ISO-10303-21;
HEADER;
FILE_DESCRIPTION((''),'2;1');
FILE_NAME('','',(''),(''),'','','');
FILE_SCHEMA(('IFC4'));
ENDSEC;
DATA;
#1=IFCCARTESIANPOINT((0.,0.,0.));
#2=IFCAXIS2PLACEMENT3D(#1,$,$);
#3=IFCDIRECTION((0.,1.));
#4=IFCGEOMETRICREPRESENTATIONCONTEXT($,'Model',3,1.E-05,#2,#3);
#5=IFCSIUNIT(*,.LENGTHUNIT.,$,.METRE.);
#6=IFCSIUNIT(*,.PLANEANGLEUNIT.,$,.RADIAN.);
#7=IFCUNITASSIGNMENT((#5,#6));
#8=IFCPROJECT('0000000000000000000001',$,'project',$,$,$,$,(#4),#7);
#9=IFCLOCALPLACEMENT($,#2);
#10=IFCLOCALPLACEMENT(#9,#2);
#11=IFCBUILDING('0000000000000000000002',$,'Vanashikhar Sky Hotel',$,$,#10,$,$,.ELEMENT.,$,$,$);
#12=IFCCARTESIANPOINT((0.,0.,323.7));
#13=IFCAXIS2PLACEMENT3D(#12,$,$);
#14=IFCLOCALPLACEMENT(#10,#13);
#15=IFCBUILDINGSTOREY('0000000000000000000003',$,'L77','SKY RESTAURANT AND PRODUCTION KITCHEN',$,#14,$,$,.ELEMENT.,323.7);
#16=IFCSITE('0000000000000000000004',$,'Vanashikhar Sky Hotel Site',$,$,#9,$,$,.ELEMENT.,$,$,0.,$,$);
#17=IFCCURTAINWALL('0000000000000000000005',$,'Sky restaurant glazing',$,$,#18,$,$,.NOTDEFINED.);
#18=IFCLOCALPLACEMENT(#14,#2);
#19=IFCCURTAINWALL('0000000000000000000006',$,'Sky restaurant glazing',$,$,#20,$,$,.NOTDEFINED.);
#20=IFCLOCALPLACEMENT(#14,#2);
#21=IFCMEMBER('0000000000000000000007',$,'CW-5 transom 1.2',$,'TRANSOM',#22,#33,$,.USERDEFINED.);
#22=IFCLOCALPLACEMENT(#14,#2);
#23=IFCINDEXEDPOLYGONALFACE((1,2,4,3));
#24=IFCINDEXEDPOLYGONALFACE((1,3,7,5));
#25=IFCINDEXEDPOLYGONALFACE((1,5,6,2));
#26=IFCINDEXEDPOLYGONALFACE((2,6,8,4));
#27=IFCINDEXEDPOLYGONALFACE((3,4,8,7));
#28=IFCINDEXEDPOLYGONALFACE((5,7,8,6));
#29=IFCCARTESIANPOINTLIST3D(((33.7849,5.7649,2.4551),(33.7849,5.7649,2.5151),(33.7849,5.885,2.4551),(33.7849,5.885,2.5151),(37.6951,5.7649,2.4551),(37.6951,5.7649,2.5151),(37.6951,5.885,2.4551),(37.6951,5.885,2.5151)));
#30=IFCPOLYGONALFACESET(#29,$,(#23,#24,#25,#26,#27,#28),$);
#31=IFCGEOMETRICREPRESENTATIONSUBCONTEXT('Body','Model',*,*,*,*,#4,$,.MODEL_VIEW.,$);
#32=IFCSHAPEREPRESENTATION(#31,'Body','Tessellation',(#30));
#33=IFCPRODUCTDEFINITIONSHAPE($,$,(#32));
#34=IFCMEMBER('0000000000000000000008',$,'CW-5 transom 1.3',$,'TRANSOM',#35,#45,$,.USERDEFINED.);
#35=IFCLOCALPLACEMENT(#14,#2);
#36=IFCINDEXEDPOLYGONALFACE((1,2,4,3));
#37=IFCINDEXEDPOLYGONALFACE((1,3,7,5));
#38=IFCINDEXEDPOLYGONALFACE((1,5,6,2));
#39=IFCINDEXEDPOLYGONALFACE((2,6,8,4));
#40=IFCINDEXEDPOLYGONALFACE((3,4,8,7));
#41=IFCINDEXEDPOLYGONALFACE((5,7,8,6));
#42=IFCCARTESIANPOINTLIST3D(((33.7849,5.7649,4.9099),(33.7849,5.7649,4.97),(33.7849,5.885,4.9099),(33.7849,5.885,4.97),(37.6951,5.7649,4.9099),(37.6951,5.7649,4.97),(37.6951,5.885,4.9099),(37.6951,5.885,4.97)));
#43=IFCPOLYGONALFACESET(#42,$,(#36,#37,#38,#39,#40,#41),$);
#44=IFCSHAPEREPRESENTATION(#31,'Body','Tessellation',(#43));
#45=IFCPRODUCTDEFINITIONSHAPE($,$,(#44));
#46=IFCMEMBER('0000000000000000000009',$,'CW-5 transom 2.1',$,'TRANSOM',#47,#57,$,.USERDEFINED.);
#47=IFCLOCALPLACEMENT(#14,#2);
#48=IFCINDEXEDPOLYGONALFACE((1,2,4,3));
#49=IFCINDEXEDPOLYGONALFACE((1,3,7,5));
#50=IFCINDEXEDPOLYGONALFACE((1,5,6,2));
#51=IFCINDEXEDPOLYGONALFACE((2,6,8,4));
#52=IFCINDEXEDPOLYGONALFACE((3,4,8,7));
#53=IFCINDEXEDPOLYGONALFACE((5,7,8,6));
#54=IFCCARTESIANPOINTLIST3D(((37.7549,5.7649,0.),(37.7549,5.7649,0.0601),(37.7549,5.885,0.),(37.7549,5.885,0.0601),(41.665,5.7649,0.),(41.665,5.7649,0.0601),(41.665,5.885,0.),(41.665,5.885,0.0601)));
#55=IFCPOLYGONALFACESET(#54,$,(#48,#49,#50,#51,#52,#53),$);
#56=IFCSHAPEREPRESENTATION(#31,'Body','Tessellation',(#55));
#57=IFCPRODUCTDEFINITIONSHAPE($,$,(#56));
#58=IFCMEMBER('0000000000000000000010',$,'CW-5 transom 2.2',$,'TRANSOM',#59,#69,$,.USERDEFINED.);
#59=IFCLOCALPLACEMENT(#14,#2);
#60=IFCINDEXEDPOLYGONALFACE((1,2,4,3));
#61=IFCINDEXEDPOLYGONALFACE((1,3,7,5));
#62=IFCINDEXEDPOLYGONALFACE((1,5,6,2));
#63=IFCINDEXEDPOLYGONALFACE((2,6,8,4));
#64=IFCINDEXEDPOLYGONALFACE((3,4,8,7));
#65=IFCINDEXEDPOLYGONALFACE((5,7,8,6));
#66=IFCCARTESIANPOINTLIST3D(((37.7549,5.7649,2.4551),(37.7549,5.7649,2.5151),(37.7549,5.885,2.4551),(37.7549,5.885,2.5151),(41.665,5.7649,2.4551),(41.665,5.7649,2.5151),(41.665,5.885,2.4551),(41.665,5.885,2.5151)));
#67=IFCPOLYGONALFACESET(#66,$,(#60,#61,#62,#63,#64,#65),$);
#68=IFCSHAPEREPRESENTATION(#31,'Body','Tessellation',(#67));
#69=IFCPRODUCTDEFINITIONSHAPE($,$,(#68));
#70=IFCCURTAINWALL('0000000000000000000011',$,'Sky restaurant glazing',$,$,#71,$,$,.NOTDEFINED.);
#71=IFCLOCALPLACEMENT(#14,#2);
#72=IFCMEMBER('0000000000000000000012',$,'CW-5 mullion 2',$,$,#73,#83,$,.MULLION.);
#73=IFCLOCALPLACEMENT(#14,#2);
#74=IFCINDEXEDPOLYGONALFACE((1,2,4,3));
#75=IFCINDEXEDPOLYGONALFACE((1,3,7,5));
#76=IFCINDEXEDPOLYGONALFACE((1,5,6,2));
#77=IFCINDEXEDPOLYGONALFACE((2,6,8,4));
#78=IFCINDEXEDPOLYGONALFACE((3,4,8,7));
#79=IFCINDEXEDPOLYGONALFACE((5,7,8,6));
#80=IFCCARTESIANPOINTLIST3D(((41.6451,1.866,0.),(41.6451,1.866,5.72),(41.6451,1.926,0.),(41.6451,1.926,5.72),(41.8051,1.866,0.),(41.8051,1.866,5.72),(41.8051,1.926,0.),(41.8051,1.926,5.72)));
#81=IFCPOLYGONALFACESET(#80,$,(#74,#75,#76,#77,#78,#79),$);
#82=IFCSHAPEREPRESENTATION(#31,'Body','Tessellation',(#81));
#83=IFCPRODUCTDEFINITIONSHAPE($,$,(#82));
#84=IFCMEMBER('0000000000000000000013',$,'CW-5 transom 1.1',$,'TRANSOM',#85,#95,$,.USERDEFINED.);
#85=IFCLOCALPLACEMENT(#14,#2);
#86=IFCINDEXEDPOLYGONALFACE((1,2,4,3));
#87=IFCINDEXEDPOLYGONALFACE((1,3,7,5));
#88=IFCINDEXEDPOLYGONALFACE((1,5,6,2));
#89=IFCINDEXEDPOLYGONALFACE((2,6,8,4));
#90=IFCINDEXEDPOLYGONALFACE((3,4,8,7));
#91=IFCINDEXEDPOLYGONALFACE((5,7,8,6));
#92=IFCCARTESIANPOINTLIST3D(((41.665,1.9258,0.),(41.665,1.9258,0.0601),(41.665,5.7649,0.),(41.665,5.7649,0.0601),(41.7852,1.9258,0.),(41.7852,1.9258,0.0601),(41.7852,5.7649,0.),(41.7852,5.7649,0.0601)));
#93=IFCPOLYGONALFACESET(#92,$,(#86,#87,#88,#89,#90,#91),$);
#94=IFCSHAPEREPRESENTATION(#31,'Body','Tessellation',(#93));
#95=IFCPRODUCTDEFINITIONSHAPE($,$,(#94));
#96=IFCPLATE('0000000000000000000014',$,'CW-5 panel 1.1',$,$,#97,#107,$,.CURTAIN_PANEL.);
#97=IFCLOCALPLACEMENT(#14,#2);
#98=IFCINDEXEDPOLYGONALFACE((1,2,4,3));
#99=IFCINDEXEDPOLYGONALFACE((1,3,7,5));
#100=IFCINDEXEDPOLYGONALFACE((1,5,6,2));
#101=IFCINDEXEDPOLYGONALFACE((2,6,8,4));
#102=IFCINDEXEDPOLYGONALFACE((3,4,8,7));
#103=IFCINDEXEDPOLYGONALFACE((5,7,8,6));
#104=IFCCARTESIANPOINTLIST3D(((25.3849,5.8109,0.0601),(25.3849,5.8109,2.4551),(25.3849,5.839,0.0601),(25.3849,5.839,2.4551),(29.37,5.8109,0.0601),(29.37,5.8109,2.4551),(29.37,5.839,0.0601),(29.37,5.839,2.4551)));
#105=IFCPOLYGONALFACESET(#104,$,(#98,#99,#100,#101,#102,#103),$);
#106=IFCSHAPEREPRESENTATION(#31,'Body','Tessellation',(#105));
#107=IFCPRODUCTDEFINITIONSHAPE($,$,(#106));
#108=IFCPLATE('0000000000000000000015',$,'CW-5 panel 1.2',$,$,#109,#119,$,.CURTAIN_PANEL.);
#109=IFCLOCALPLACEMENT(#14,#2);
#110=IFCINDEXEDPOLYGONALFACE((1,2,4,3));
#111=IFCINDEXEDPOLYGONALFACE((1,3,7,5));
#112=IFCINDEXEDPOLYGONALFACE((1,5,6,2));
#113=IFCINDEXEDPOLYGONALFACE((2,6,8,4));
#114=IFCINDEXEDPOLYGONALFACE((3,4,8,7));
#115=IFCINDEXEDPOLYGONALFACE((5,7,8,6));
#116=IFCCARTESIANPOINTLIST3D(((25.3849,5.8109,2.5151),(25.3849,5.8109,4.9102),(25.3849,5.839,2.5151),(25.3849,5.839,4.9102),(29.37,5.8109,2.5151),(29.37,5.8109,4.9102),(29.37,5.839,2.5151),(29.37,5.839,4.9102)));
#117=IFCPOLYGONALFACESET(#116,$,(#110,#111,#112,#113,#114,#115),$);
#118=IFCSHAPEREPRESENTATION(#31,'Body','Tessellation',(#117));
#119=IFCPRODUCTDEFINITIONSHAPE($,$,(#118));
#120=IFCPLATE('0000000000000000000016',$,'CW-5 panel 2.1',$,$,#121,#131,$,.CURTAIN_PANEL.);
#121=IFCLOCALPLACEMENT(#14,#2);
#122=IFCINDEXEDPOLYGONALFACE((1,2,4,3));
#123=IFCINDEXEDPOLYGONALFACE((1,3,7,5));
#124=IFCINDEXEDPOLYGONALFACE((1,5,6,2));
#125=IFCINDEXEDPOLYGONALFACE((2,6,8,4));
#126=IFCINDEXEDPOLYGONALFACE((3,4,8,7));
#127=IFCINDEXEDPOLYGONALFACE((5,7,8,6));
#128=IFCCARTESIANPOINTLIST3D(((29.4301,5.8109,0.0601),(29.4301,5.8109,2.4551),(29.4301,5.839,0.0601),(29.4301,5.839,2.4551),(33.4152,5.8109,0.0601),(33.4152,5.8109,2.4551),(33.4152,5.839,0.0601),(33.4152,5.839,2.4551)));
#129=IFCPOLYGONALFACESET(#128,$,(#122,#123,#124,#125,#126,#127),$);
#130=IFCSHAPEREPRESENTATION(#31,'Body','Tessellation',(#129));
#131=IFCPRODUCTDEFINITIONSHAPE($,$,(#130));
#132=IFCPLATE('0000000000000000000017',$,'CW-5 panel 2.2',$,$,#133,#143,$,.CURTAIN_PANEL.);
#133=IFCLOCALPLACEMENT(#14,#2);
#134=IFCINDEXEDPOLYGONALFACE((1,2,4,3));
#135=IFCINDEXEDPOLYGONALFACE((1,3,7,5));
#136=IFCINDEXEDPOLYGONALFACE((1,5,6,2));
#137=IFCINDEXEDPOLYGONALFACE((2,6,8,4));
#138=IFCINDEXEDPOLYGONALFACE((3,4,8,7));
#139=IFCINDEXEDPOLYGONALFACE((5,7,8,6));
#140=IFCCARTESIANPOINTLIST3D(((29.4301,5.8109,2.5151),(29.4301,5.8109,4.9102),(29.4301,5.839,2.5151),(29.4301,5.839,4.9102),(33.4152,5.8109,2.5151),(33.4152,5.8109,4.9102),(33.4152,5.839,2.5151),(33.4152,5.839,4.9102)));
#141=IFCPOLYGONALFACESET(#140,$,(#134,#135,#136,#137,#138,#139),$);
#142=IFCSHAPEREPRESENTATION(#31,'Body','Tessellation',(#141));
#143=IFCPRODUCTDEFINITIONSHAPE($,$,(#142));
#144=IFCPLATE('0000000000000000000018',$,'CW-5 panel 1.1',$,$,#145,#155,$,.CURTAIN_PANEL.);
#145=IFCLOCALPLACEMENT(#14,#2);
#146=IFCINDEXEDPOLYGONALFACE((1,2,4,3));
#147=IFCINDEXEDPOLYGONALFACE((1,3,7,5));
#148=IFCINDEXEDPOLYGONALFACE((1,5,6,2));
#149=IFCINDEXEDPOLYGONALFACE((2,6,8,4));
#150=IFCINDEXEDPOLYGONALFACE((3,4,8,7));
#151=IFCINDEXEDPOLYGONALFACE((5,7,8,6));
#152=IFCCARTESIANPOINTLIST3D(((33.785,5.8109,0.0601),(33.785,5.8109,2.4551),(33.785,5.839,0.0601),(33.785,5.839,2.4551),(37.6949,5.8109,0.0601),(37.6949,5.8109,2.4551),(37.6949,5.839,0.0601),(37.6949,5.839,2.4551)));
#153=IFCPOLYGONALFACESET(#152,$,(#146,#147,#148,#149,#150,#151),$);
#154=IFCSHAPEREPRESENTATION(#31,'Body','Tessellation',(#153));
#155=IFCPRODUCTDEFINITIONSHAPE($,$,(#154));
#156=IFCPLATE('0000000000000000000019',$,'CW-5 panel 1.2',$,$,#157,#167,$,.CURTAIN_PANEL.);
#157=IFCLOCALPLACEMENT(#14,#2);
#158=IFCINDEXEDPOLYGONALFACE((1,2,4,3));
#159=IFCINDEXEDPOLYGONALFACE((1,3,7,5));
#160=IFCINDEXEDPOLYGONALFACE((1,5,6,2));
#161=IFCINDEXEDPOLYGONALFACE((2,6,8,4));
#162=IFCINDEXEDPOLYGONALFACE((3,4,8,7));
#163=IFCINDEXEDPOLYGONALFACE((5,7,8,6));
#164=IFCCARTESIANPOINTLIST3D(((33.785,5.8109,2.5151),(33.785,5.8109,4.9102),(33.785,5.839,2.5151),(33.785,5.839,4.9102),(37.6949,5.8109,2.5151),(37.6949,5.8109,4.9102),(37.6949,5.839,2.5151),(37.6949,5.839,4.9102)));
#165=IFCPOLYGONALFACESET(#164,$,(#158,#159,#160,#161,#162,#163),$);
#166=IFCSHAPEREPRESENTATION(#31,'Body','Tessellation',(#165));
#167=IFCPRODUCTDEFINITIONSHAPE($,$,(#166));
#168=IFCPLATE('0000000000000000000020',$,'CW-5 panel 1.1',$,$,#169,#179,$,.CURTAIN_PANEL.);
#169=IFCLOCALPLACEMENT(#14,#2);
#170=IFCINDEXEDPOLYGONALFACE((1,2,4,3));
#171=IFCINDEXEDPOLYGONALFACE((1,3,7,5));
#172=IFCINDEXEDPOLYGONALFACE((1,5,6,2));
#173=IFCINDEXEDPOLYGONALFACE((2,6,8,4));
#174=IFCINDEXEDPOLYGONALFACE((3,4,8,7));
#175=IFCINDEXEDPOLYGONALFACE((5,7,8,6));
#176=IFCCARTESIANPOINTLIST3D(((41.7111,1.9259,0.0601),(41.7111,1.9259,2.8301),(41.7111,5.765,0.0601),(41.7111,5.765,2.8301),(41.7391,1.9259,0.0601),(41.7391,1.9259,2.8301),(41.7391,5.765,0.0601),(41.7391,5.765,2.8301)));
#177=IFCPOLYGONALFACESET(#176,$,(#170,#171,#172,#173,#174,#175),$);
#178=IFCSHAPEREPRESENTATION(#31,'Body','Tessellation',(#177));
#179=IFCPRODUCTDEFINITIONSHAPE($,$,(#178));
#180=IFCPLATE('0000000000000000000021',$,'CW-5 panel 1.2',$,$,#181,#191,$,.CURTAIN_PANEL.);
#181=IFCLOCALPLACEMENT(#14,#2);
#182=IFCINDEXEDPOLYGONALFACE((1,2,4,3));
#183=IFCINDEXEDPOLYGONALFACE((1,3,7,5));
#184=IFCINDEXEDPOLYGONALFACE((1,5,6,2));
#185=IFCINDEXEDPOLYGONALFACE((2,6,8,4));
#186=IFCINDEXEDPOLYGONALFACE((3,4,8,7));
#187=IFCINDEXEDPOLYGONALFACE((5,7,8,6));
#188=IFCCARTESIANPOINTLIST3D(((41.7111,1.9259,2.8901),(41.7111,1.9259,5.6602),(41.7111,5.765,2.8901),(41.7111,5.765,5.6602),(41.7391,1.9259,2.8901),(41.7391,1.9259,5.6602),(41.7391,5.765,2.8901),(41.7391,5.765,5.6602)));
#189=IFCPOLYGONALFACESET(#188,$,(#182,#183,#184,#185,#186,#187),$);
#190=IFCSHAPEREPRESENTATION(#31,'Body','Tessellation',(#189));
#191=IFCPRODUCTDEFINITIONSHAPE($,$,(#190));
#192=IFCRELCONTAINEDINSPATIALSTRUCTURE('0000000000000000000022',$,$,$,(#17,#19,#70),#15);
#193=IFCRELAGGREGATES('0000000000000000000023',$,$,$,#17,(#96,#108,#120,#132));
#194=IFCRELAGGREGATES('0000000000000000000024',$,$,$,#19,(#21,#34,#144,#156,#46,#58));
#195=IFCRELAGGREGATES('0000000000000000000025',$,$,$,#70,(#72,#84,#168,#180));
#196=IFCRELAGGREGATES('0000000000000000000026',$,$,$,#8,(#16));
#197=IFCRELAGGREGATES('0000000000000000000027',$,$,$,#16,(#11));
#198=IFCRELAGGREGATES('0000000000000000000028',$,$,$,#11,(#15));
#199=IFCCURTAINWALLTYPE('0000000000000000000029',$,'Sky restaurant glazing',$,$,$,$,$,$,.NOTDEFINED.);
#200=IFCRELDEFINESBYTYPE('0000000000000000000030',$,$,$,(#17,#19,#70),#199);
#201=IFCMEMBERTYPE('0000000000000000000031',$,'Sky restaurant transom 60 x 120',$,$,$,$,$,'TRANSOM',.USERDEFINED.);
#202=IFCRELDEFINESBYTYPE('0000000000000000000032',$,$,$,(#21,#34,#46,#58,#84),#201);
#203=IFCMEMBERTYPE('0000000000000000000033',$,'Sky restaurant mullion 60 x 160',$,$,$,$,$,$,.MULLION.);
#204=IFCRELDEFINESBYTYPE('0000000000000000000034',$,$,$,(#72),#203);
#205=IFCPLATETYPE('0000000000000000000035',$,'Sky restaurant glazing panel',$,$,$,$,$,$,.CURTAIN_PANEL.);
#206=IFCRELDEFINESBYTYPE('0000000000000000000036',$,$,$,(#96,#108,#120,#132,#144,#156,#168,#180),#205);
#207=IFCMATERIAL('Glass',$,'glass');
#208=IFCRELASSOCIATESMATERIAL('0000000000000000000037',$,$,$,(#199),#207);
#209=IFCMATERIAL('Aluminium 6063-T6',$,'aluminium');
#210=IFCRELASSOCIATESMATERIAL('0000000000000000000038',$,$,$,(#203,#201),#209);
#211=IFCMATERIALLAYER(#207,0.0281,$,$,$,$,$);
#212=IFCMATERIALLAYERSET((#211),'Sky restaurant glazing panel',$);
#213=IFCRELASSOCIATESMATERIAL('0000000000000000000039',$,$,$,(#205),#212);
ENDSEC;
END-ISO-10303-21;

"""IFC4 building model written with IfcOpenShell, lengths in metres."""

from ifc_helpers import new_model, si_unit, direction, frame, origin, origin_2d, place, context, subcontext, project, spatial, rectangle, extrude, source, transform, mapped, material, layer, layer_set, material_profile, profile_set, type_object, element, aggregate, save


model = new_model("IFC4")

# Units and contexts
model_context = context("Model", 3, precision=1e-05, world=origin(), true_north=direction((0.0, 1.0)))
body_context = subcontext(model_context, "Body", "Model", "MODEL_VIEW")
ifc_project = project(units=[si_unit("LENGTHUNIT", "METRE"), si_unit("PLANEANGLEUNIT", "RADIAN")], contexts=[model_context])

# Site, building, storey
site_placement = place(None, origin())
site = spatial("IfcSite", under=ifc_project, at=site_placement, Name="Vanashikhar Sky Hotel Site", CompositionType="ELEMENT", RefElevation=0.0)
building_placement = place(site_placement, origin())
building = spatial("IfcBuilding", under=site, at=building_placement, Name="Vanashikhar Sky Hotel", CompositionType="ELEMENT")
storey_placement = place(building_placement, frame((0.0, 0.0, 323.7)))
storey = spatial("IfcBuildingStorey", under=building, at=storey_placement, Name="L77", Description="SKY RESTAURANT AND PRODUCTION KITCHEN", CompositionType="ELEMENT", Elevation=323.7)

# Shared definitions
ifc_material_1 = material(Name="Glass", Category="glass")
curtain_wall_type = type_object("IfcCurtainWallType", Name="Sky restaurant glazing", PredefinedType="NOTDEFINED", material=ifc_material_1)
ifc_material_2 = material(Name="Aluminium 6063-T6", Category="aluminium")
ifc_material_profile_1 = material_profile(ifc_material_2, rectangle(XDim=0.1599, YDim=0.0601, at=origin_2d()))
ifc_profile_set_1 = profile_set([ifc_material_profile_1], Name="Aluminium 6063-T6")
member_type_1 = type_object("IfcMemberType", Name="Sky restaurant mullion 60 x 160", PredefinedType="MULLION", material=ifc_profile_set_1)

# Curtain walls
curtain_wall_1_placement = place(storey_placement, origin())
curtain_wall_1 = element("IfcCurtainWall", 1, at=curtain_wall_1_placement, inside=storey, type_object=curtain_wall_type, Name="Sky restaurant glazing", PredefinedType="NOTDEFINED")
curtain_wall_2_placement = place(storey_placement, origin())
curtain_wall_2 = element("IfcCurtainWall", 2, at=curtain_wall_2_placement, inside=storey, type_object=curtain_wall_type, Name="Sky restaurant glazing", PredefinedType="NOTDEFINED")

# Members
ifc_material_profile_2 = material_profile(ifc_material_2, rectangle(XDim=0.1201, YDim=0.0601, at=origin_2d()))
ifc_profile_set_2 = profile_set([ifc_material_profile_2], Name="Aluminium 6063-T6")
member_type_2 = type_object("IfcMemberType", Name="Sky restaurant transom 60 x 120", ElementType="TRANSOM", PredefinedType="USERDEFINED", material=ifc_profile_set_2)
shared_shape_1 = source(origin(), body_context, "Body", "SweptSolid", [
    extrude(rectangle(XDim=0.1201, YDim=0.0601, at=origin_2d()), origin(), (0.0, 0.0, 1.0), 3.9102),
])
member_1_placement = place(storey_placement, frame((33.7849, 5.825, 2.4851), z_axis=(1.0, 0.0, 0.0), x_axis=(0.0, 1.0, 0.0)))
member_1 = element("IfcMember", 3, at=member_1_placement, type_object=member_type_2, Name="CW-5 transom 1.2", ObjectType="TRANSOM", PredefinedType="USERDEFINED", context=body_context, shape_type="MappedRepresentation", body=[
    mapped(shared_shape_1, transform((0.0, 0.0, 0.0), scale=1.0)),
])
member_2_placement = place(storey_placement, frame((33.7849, 5.825, 4.9399), z_axis=(1.0, 0.0, 0.0), x_axis=(0.0, 1.0, 0.0)))
member_2 = element("IfcMember", 4, at=member_2_placement, type_object=member_type_2, Name="CW-5 transom 1.3", ObjectType="TRANSOM", PredefinedType="USERDEFINED", context=body_context, shape_type="MappedRepresentation", body=[
    mapped(shared_shape_1, transform((0.0, 0.0, 0.0), scale=1.0)),
])
member_3_placement = place(storey_placement, frame((37.7549, 5.825, 0.03), z_axis=(1.0, 0.0, 0.0), x_axis=(0.0, 1.0, 0.0)))
member_3 = element("IfcMember", 5, at=member_3_placement, type_object=member_type_2, Name="CW-5 transom 2.1", ObjectType="TRANSOM", PredefinedType="USERDEFINED", context=body_context, shape_type="MappedRepresentation", body=[
    mapped(shared_shape_1, transform((0.0, 0.0, 0.0), scale=1.0)),
])
member_4_placement = place(storey_placement, frame((37.7549, 5.825, 2.4851), z_axis=(1.0, 0.0, 0.0), x_axis=(0.0, 1.0, 0.0)))
member_4 = element("IfcMember", 6, at=member_4_placement, type_object=member_type_2, Name="CW-5 transom 2.2", ObjectType="TRANSOM", PredefinedType="USERDEFINED", context=body_context, shape_type="MappedRepresentation", body=[
    mapped(shared_shape_1, transform((0.0, 0.0, 0.0), scale=1.0)),
])

# Curtain wall, members
curtain_wall_3_placement = place(storey_placement, origin())
curtain_wall_3 = element("IfcCurtainWall", 7, at=curtain_wall_3_placement, inside=storey, type_object=curtain_wall_type, Name="Sky restaurant glazing", PredefinedType="NOTDEFINED")
shared_shape_2 = source(origin(), body_context, "Body", "SweptSolid", [
    extrude(rectangle(XDim=0.1599, YDim=0.0601, at=origin_2d()), origin(), (0.0, 0.0, 1.0), 5.72),
])
member_5_placement = place(storey_placement, frame((41.7251, 1.896, 0.0), z_axis=(0.0, 0.0, 1.0), x_axis=(1.0, 0.0, 0.0)))
member_5 = element("IfcMember", 8, at=member_5_placement, type_object=member_type_1, Name="CW-5 mullion 2", PredefinedType="MULLION", context=body_context, shape_type="MappedRepresentation", body=[
    mapped(shared_shape_2, transform((0.0, 0.0, 0.0), scale=1.0)),
])
shared_shape_3 = source(origin(), body_context, "Body", "SweptSolid", [
    extrude(rectangle(XDim=0.1201, YDim=0.0601, at=origin_2d()), origin(), (0.0, 0.0, 1.0), 3.8391),
])
member_6_placement = place(storey_placement, frame((41.7251, 5.7649, 0.03), z_axis=(0.0, -1.0, 0.0), x_axis=(1.0, 0.0, 0.0)))
member_6 = element("IfcMember", 9, at=member_6_placement, type_object=member_type_2, Name="CW-5 transom 1.1", ObjectType="TRANSOM", PredefinedType="USERDEFINED", context=body_context, shape_type="MappedRepresentation", body=[
    mapped(shared_shape_3, transform((0.0, 0.0, 0.0), scale=1.0)),
])

# Plates
ifc_layer_1 = layer(ifc_material_1, 0.0281)
ifc_layer_set_1 = layer_set([ifc_layer_1], Name="Sky restaurant glazing panel")
plate_type = type_object("IfcPlateType", Name="Sky restaurant glazing panel", PredefinedType="CURTAIN_PANEL", material=ifc_layer_set_1)
shared_shape_4 = source(origin(), body_context, "Body", "SweptSolid", [
    extrude(rectangle(XDim=3.9851, YDim=0.0281, at=origin_2d()), origin(), (0.0, 0.0, 1.0), 2.395),
])
plate_1_placement = place(storey_placement, frame((27.3774, 5.825, 0.0601), z_axis=(0.0, 0.0, 1.0), x_axis=(1.0, 0.0, 0.0)))
plate_1 = element("IfcPlate", 10, at=plate_1_placement, type_object=plate_type, Name="CW-5 panel 1.1", PredefinedType="CURTAIN_PANEL", context=body_context, shape_type="MappedRepresentation", body=[
    mapped(shared_shape_4, transform((0.0, 0.0, 0.0), scale=1.0)),
])
plate_2_placement = place(storey_placement, frame((27.3774, 5.825, 2.5151), z_axis=(0.0, 0.0, 1.0), x_axis=(1.0, 0.0, 0.0)))
plate_2 = element("IfcPlate", 11, at=plate_2_placement, type_object=plate_type, Name="CW-5 panel 1.2", PredefinedType="CURTAIN_PANEL", context=body_context, shape_type="MappedRepresentation", body=[
    mapped(shared_shape_4, transform((0.0, 0.0, 0.0), scale=1.0)),
])
plate_3_placement = place(storey_placement, frame((31.4226, 5.825, 0.0601), z_axis=(0.0, 0.0, 1.0), x_axis=(1.0, 0.0, 0.0)))
plate_3 = element("IfcPlate", 12, at=plate_3_placement, type_object=plate_type, Name="CW-5 panel 2.1", PredefinedType="CURTAIN_PANEL", context=body_context, shape_type="MappedRepresentation", body=[
    mapped(shared_shape_4, transform((0.0, 0.0, 0.0), scale=1.0)),
])
plate_4_placement = place(storey_placement, frame((31.4226, 5.825, 2.5151), z_axis=(0.0, 0.0, 1.0), x_axis=(1.0, 0.0, 0.0)))
plate_4 = element("IfcPlate", 13, at=plate_4_placement, type_object=plate_type, Name="CW-5 panel 2.2", PredefinedType="CURTAIN_PANEL", context=body_context, shape_type="MappedRepresentation", body=[
    mapped(shared_shape_4, transform((0.0, 0.0, 0.0), scale=1.0)),
])
aggregate(curtain_wall_1, [plate_1, plate_2, plate_3, plate_4])
shared_shape_5 = source(origin(), body_context, "Body", "SweptSolid", [
    extrude(rectangle(XDim=3.9099, YDim=0.0281, at=origin_2d()), origin(), (0.0, 0.0, 1.0), 2.395),
])
plate_5_placement = place(storey_placement, frame((35.74, 5.825, 0.0601), z_axis=(0.0, 0.0, 1.0), x_axis=(1.0, 0.0, 0.0)))
plate_5 = element("IfcPlate", 14, at=plate_5_placement, type_object=plate_type, Name="CW-5 panel 1.1", PredefinedType="CURTAIN_PANEL", context=body_context, shape_type="MappedRepresentation", body=[
    mapped(shared_shape_5, transform((0.0, 0.0, 0.0), scale=1.0)),
])
plate_6_placement = place(storey_placement, frame((35.74, 5.825, 2.5151), z_axis=(0.0, 0.0, 1.0), x_axis=(1.0, 0.0, 0.0)))
plate_6 = element("IfcPlate", 15, at=plate_6_placement, type_object=plate_type, Name="CW-5 panel 1.2", PredefinedType="CURTAIN_PANEL", context=body_context, shape_type="MappedRepresentation", body=[
    mapped(shared_shape_5, transform((0.0, 0.0, 0.0), scale=1.0)),
])
aggregate(curtain_wall_2, [member_1, member_2, plate_5, plate_6, member_3, member_4])
shared_shape_6 = source(origin(), body_context, "Body", "SweptSolid", [
    extrude(rectangle(XDim=3.8391, YDim=0.0281, at=origin_2d()), origin(), (0.0, 0.0, 1.0), 2.77),
])
plate_7_placement = place(storey_placement, frame((41.7251, 3.8455, 0.0601), z_axis=(0.0, 0.0, 1.0), x_axis=(0.0, -1.0, 0.0)))
plate_7 = element("IfcPlate", 16, at=plate_7_placement, type_object=plate_type, Name="CW-5 panel 1.1", PredefinedType="CURTAIN_PANEL", context=body_context, shape_type="MappedRepresentation", body=[
    mapped(shared_shape_6, transform((0.0, 0.0, 0.0), scale=1.0)),
])
plate_8_placement = place(storey_placement, frame((41.7251, 3.8455, 2.8901), z_axis=(0.0, 0.0, 1.0), x_axis=(0.0, -1.0, 0.0)))
plate_8 = element("IfcPlate", 17, at=plate_8_placement, type_object=plate_type, Name="CW-5 panel 1.2", PredefinedType="CURTAIN_PANEL", context=body_context, shape_type="MappedRepresentation", body=[
    mapped(shared_shape_6, transform((0.0, 0.0, 0.0), scale=1.0)),
])
aggregate(curtain_wall_3, [member_5, member_6, plate_7, plate_8])

save(model, "model.ifc")
